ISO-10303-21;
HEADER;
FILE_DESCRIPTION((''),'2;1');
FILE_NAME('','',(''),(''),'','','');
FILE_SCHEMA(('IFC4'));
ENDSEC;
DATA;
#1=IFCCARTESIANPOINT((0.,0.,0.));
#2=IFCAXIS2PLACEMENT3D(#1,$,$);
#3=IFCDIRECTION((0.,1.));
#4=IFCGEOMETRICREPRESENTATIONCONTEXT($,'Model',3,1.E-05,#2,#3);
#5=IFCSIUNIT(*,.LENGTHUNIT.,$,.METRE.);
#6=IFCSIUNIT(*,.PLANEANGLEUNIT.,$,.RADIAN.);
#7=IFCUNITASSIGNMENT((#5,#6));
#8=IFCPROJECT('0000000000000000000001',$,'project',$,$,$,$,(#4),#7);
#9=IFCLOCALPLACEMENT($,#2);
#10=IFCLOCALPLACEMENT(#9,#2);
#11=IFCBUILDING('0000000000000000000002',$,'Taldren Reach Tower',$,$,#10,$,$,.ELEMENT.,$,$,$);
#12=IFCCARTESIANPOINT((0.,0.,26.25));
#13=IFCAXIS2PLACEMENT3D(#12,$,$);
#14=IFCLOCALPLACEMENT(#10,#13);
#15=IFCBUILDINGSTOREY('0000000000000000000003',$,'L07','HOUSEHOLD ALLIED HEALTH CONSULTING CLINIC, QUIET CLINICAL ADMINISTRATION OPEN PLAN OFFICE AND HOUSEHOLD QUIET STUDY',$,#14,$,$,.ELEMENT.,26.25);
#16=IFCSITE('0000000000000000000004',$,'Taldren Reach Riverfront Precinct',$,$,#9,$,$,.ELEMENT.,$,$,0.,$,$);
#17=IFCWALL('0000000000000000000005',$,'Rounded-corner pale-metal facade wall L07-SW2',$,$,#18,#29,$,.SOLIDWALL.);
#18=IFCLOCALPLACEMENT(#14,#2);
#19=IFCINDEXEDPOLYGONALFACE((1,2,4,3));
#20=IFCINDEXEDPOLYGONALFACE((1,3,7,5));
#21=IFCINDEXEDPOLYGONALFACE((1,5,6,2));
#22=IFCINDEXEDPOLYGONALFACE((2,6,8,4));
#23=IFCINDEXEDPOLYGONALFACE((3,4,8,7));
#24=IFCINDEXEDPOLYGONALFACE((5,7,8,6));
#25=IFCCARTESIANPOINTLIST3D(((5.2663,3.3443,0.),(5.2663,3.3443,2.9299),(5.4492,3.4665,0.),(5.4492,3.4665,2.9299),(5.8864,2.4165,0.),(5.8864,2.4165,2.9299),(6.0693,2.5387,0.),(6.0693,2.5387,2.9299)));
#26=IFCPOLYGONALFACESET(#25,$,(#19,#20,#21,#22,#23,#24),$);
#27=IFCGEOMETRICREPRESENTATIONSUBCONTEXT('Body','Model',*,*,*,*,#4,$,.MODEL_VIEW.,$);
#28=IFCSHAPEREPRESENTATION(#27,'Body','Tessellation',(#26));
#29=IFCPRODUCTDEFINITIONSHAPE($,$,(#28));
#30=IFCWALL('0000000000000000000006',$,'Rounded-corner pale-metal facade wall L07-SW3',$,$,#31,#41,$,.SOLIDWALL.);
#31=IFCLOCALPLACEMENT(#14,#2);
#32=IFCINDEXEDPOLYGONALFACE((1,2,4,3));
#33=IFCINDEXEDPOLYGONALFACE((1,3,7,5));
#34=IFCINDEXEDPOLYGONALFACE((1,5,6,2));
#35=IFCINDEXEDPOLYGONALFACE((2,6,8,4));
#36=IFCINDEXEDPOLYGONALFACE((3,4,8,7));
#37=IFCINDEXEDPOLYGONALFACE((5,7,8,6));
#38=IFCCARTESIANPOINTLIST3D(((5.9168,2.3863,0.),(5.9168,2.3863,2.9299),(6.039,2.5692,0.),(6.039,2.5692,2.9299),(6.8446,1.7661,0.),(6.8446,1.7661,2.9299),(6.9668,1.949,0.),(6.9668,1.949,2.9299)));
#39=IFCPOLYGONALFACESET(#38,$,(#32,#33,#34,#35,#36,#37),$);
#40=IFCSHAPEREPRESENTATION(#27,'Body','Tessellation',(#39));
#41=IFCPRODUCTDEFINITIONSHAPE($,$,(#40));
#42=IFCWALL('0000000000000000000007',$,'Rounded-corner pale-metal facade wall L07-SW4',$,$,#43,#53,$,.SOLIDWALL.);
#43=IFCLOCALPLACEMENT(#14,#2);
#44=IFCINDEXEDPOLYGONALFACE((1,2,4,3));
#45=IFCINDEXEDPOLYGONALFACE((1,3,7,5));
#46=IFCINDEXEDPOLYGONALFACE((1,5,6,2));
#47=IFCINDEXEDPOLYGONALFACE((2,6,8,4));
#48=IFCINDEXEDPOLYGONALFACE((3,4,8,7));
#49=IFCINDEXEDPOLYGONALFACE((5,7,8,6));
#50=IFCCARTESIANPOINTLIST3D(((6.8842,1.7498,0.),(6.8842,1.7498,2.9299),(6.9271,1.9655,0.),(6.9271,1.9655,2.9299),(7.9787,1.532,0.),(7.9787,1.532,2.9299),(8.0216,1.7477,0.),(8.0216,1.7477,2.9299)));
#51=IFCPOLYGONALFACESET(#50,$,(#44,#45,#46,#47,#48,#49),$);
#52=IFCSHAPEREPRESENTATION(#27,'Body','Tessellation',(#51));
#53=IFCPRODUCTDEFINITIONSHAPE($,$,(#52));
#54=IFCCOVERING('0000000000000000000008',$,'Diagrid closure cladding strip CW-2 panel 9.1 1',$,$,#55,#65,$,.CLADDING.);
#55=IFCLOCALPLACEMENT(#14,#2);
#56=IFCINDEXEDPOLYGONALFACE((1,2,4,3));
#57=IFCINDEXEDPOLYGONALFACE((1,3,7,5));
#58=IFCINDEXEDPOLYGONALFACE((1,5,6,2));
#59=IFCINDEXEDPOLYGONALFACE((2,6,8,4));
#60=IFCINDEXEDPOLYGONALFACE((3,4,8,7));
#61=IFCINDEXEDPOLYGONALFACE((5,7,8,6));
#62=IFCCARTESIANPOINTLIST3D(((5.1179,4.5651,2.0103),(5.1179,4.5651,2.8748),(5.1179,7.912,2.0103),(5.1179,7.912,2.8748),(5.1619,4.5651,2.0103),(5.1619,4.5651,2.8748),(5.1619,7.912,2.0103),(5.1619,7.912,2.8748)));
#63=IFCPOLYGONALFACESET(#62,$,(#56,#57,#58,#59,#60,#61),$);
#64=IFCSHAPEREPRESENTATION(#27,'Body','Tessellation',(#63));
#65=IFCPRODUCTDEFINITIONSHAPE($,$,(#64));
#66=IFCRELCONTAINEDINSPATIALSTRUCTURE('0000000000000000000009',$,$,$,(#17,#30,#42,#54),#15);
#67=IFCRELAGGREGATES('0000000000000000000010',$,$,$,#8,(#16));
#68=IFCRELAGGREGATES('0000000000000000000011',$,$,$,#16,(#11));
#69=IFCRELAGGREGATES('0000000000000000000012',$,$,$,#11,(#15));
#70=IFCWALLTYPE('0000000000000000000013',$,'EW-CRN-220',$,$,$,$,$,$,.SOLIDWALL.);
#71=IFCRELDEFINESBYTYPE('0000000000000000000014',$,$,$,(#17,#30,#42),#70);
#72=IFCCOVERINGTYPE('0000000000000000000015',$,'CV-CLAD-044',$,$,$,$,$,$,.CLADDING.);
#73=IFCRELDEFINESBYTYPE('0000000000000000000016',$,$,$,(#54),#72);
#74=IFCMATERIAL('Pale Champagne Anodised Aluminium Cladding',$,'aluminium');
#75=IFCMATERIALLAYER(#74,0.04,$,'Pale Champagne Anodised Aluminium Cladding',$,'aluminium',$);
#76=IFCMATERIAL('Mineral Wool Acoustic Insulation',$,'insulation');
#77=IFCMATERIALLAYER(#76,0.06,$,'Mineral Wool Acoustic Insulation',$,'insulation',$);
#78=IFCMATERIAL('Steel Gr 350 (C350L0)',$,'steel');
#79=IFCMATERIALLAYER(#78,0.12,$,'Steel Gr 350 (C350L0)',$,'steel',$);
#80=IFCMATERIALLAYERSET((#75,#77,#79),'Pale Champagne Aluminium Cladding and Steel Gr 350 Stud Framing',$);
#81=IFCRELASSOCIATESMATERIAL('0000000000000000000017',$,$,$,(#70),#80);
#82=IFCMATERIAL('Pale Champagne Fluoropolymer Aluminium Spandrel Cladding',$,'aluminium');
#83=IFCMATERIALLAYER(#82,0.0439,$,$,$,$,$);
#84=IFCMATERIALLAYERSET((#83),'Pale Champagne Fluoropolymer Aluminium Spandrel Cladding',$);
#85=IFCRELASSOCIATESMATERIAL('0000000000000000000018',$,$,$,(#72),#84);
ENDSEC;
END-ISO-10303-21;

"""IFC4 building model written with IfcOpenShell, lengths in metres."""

from ifc_helpers import new_model, si_unit, direction, frame, frame_2d, origin, origin_2d, place, context, subcontext, project, spatial, rectangle, extrude, source, transform, mapped, material, layer, layer_set, type_object, element, save


model = new_model("IFC4")

# Units and contexts
model_context = context("Model", 3, precision=1e-05, world=origin(), true_north=direction((0.0, 1.0)))
body_context = subcontext(model_context, "Body", "Model", "MODEL_VIEW")
ifc_project = project(units=[si_unit("LENGTHUNIT", "METRE"), si_unit("PLANEANGLEUNIT", "RADIAN")], contexts=[model_context])

# Site, building, storey
site_placement = place(None, origin())
site = spatial("IfcSite", under=ifc_project, at=site_placement, Name="Taldren Reach Riverfront Precinct", CompositionType="ELEMENT", RefElevation=0.0)
building_placement = place(site_placement, origin())
building = spatial("IfcBuilding", under=site, at=building_placement, Name="Taldren Reach Tower", CompositionType="ELEMENT")
storey_placement = place(building_placement, frame((0.0, 0.0, 26.25)))
storey = spatial("IfcBuildingStorey", under=building, at=storey_placement, Name="L07", Description="HOUSEHOLD ALLIED HEALTH CONSULTING CLINIC, QUIET CLINICAL ADMINISTRATION OPEN PLAN OFFICE AND HOUSEHOLD QUIET STUDY", CompositionType="ELEMENT", Elevation=26.25)

# Shared definitions
ifc_material_1 = material(Name="Steel Gr 350 (C350L0)", Category="steel")

# Walls
ifc_material_2 = material(Name="Pale Champagne Anodised Aluminium Cladding", Category="aluminium")
ifc_layer_1 = layer(ifc_material_2, 0.04, Name="Pale Champagne Anodised Aluminium Cladding", Category="aluminium")
ifc_material_3 = material(Name="Mineral Wool Acoustic Insulation", Category="insulation")
ifc_layer_2 = layer(ifc_material_3, 0.06, Name="Mineral Wool Acoustic Insulation", Category="insulation")
ifc_layer_3 = layer(ifc_material_1, 0.12, Name="Steel Gr 350 (C350L0)", Category="steel")
ifc_layer_set_1 = layer_set([ifc_layer_1, ifc_layer_2, ifc_layer_3], Name="Pale Champagne Aluminium Cladding and Steel Gr 350 Stud Framing")
wall_type = type_object("IfcWallType", Name="EW-CRN-220", PredefinedType="SOLIDWALL", material=ifc_layer_set_1)
shared_shape_1 = source(origin(), body_context, "Body", "SweptSolid", [
    extrude(rectangle(XDim=1.116, YDim=0.22, at=frame_2d((0.5581, 0.0))), origin(), (0.0, 0.0, 1.0), 2.9299),
])
for number, where, z_axis, x_axis, name in (
    (1, (5.3577, 3.4055, 0.0), (0.0, 0.0, 1.0), (0.55571, -0.831377, 0.0), "Rounded-corner pale-metal facade wall L07-SW2"),
    (2, (5.9778, 2.4778, 0.0), (0.0, 0.0, 1.0), (0.831377, -0.55571, 0.0), "Rounded-corner pale-metal facade wall L07-SW3"),
    (3, (6.9055, 1.8577, 0.0), (0.0, 0.0, 1.0), (0.980774, -0.195148, 0.0), "Rounded-corner pale-metal facade wall L07-SW4"),
):
    element("IfcWall", number, at=place(storey_placement, frame(where, z_axis=z_axis, x_axis=x_axis)), inside=storey, type_object=wall_type, Name=name, PredefinedType="SOLIDWALL", context=body_context, shape_type="MappedRepresentation", body=[
        mapped(shared_shape_1, transform((0.0, 0.0, 0.0), scale=1.0)),
    ])

# Covering
ifc_material_4 = material(Name="Pale Champagne Fluoropolymer Aluminium Spandrel Cladding", Category="aluminium")
ifc_layer_4 = layer(ifc_material_4, 0.0439)
ifc_layer_set_2 = layer_set([ifc_layer_4], Name="Pale Champagne Fluoropolymer Aluminium Spandrel Cladding")
covering_type = type_object("IfcCoveringType", Name="CV-CLAD-044", PredefinedType="CLADDING", material=ifc_layer_set_2)
shared_shape_2 = source(origin(), body_context, "Body", "SweptSolid", [
    extrude(rectangle(XDim=3.3469, YDim=0.0439, at=origin_2d()), origin(), (0.0, 0.0, 1.0), 0.8645),
])
covering_placement = place(storey_placement, frame((5.1399, 6.2385, 2.0103), z_axis=(0.0, 0.0, 1.0), x_axis=(0.0, -1.0, 0.0)))
element("IfcCovering", 4, at=covering_placement, inside=storey, type_object=covering_type, Name="Diagrid closure cladding strip CW-2 panel 9.1 1", PredefinedType="CLADDING", context=body_context, shape_type="MappedRepresentation", body=[
    mapped(shared_shape_2, transform((0.0, 0.0, 0.0), scale=1.0)),
])

save(model, "model.ifc")
